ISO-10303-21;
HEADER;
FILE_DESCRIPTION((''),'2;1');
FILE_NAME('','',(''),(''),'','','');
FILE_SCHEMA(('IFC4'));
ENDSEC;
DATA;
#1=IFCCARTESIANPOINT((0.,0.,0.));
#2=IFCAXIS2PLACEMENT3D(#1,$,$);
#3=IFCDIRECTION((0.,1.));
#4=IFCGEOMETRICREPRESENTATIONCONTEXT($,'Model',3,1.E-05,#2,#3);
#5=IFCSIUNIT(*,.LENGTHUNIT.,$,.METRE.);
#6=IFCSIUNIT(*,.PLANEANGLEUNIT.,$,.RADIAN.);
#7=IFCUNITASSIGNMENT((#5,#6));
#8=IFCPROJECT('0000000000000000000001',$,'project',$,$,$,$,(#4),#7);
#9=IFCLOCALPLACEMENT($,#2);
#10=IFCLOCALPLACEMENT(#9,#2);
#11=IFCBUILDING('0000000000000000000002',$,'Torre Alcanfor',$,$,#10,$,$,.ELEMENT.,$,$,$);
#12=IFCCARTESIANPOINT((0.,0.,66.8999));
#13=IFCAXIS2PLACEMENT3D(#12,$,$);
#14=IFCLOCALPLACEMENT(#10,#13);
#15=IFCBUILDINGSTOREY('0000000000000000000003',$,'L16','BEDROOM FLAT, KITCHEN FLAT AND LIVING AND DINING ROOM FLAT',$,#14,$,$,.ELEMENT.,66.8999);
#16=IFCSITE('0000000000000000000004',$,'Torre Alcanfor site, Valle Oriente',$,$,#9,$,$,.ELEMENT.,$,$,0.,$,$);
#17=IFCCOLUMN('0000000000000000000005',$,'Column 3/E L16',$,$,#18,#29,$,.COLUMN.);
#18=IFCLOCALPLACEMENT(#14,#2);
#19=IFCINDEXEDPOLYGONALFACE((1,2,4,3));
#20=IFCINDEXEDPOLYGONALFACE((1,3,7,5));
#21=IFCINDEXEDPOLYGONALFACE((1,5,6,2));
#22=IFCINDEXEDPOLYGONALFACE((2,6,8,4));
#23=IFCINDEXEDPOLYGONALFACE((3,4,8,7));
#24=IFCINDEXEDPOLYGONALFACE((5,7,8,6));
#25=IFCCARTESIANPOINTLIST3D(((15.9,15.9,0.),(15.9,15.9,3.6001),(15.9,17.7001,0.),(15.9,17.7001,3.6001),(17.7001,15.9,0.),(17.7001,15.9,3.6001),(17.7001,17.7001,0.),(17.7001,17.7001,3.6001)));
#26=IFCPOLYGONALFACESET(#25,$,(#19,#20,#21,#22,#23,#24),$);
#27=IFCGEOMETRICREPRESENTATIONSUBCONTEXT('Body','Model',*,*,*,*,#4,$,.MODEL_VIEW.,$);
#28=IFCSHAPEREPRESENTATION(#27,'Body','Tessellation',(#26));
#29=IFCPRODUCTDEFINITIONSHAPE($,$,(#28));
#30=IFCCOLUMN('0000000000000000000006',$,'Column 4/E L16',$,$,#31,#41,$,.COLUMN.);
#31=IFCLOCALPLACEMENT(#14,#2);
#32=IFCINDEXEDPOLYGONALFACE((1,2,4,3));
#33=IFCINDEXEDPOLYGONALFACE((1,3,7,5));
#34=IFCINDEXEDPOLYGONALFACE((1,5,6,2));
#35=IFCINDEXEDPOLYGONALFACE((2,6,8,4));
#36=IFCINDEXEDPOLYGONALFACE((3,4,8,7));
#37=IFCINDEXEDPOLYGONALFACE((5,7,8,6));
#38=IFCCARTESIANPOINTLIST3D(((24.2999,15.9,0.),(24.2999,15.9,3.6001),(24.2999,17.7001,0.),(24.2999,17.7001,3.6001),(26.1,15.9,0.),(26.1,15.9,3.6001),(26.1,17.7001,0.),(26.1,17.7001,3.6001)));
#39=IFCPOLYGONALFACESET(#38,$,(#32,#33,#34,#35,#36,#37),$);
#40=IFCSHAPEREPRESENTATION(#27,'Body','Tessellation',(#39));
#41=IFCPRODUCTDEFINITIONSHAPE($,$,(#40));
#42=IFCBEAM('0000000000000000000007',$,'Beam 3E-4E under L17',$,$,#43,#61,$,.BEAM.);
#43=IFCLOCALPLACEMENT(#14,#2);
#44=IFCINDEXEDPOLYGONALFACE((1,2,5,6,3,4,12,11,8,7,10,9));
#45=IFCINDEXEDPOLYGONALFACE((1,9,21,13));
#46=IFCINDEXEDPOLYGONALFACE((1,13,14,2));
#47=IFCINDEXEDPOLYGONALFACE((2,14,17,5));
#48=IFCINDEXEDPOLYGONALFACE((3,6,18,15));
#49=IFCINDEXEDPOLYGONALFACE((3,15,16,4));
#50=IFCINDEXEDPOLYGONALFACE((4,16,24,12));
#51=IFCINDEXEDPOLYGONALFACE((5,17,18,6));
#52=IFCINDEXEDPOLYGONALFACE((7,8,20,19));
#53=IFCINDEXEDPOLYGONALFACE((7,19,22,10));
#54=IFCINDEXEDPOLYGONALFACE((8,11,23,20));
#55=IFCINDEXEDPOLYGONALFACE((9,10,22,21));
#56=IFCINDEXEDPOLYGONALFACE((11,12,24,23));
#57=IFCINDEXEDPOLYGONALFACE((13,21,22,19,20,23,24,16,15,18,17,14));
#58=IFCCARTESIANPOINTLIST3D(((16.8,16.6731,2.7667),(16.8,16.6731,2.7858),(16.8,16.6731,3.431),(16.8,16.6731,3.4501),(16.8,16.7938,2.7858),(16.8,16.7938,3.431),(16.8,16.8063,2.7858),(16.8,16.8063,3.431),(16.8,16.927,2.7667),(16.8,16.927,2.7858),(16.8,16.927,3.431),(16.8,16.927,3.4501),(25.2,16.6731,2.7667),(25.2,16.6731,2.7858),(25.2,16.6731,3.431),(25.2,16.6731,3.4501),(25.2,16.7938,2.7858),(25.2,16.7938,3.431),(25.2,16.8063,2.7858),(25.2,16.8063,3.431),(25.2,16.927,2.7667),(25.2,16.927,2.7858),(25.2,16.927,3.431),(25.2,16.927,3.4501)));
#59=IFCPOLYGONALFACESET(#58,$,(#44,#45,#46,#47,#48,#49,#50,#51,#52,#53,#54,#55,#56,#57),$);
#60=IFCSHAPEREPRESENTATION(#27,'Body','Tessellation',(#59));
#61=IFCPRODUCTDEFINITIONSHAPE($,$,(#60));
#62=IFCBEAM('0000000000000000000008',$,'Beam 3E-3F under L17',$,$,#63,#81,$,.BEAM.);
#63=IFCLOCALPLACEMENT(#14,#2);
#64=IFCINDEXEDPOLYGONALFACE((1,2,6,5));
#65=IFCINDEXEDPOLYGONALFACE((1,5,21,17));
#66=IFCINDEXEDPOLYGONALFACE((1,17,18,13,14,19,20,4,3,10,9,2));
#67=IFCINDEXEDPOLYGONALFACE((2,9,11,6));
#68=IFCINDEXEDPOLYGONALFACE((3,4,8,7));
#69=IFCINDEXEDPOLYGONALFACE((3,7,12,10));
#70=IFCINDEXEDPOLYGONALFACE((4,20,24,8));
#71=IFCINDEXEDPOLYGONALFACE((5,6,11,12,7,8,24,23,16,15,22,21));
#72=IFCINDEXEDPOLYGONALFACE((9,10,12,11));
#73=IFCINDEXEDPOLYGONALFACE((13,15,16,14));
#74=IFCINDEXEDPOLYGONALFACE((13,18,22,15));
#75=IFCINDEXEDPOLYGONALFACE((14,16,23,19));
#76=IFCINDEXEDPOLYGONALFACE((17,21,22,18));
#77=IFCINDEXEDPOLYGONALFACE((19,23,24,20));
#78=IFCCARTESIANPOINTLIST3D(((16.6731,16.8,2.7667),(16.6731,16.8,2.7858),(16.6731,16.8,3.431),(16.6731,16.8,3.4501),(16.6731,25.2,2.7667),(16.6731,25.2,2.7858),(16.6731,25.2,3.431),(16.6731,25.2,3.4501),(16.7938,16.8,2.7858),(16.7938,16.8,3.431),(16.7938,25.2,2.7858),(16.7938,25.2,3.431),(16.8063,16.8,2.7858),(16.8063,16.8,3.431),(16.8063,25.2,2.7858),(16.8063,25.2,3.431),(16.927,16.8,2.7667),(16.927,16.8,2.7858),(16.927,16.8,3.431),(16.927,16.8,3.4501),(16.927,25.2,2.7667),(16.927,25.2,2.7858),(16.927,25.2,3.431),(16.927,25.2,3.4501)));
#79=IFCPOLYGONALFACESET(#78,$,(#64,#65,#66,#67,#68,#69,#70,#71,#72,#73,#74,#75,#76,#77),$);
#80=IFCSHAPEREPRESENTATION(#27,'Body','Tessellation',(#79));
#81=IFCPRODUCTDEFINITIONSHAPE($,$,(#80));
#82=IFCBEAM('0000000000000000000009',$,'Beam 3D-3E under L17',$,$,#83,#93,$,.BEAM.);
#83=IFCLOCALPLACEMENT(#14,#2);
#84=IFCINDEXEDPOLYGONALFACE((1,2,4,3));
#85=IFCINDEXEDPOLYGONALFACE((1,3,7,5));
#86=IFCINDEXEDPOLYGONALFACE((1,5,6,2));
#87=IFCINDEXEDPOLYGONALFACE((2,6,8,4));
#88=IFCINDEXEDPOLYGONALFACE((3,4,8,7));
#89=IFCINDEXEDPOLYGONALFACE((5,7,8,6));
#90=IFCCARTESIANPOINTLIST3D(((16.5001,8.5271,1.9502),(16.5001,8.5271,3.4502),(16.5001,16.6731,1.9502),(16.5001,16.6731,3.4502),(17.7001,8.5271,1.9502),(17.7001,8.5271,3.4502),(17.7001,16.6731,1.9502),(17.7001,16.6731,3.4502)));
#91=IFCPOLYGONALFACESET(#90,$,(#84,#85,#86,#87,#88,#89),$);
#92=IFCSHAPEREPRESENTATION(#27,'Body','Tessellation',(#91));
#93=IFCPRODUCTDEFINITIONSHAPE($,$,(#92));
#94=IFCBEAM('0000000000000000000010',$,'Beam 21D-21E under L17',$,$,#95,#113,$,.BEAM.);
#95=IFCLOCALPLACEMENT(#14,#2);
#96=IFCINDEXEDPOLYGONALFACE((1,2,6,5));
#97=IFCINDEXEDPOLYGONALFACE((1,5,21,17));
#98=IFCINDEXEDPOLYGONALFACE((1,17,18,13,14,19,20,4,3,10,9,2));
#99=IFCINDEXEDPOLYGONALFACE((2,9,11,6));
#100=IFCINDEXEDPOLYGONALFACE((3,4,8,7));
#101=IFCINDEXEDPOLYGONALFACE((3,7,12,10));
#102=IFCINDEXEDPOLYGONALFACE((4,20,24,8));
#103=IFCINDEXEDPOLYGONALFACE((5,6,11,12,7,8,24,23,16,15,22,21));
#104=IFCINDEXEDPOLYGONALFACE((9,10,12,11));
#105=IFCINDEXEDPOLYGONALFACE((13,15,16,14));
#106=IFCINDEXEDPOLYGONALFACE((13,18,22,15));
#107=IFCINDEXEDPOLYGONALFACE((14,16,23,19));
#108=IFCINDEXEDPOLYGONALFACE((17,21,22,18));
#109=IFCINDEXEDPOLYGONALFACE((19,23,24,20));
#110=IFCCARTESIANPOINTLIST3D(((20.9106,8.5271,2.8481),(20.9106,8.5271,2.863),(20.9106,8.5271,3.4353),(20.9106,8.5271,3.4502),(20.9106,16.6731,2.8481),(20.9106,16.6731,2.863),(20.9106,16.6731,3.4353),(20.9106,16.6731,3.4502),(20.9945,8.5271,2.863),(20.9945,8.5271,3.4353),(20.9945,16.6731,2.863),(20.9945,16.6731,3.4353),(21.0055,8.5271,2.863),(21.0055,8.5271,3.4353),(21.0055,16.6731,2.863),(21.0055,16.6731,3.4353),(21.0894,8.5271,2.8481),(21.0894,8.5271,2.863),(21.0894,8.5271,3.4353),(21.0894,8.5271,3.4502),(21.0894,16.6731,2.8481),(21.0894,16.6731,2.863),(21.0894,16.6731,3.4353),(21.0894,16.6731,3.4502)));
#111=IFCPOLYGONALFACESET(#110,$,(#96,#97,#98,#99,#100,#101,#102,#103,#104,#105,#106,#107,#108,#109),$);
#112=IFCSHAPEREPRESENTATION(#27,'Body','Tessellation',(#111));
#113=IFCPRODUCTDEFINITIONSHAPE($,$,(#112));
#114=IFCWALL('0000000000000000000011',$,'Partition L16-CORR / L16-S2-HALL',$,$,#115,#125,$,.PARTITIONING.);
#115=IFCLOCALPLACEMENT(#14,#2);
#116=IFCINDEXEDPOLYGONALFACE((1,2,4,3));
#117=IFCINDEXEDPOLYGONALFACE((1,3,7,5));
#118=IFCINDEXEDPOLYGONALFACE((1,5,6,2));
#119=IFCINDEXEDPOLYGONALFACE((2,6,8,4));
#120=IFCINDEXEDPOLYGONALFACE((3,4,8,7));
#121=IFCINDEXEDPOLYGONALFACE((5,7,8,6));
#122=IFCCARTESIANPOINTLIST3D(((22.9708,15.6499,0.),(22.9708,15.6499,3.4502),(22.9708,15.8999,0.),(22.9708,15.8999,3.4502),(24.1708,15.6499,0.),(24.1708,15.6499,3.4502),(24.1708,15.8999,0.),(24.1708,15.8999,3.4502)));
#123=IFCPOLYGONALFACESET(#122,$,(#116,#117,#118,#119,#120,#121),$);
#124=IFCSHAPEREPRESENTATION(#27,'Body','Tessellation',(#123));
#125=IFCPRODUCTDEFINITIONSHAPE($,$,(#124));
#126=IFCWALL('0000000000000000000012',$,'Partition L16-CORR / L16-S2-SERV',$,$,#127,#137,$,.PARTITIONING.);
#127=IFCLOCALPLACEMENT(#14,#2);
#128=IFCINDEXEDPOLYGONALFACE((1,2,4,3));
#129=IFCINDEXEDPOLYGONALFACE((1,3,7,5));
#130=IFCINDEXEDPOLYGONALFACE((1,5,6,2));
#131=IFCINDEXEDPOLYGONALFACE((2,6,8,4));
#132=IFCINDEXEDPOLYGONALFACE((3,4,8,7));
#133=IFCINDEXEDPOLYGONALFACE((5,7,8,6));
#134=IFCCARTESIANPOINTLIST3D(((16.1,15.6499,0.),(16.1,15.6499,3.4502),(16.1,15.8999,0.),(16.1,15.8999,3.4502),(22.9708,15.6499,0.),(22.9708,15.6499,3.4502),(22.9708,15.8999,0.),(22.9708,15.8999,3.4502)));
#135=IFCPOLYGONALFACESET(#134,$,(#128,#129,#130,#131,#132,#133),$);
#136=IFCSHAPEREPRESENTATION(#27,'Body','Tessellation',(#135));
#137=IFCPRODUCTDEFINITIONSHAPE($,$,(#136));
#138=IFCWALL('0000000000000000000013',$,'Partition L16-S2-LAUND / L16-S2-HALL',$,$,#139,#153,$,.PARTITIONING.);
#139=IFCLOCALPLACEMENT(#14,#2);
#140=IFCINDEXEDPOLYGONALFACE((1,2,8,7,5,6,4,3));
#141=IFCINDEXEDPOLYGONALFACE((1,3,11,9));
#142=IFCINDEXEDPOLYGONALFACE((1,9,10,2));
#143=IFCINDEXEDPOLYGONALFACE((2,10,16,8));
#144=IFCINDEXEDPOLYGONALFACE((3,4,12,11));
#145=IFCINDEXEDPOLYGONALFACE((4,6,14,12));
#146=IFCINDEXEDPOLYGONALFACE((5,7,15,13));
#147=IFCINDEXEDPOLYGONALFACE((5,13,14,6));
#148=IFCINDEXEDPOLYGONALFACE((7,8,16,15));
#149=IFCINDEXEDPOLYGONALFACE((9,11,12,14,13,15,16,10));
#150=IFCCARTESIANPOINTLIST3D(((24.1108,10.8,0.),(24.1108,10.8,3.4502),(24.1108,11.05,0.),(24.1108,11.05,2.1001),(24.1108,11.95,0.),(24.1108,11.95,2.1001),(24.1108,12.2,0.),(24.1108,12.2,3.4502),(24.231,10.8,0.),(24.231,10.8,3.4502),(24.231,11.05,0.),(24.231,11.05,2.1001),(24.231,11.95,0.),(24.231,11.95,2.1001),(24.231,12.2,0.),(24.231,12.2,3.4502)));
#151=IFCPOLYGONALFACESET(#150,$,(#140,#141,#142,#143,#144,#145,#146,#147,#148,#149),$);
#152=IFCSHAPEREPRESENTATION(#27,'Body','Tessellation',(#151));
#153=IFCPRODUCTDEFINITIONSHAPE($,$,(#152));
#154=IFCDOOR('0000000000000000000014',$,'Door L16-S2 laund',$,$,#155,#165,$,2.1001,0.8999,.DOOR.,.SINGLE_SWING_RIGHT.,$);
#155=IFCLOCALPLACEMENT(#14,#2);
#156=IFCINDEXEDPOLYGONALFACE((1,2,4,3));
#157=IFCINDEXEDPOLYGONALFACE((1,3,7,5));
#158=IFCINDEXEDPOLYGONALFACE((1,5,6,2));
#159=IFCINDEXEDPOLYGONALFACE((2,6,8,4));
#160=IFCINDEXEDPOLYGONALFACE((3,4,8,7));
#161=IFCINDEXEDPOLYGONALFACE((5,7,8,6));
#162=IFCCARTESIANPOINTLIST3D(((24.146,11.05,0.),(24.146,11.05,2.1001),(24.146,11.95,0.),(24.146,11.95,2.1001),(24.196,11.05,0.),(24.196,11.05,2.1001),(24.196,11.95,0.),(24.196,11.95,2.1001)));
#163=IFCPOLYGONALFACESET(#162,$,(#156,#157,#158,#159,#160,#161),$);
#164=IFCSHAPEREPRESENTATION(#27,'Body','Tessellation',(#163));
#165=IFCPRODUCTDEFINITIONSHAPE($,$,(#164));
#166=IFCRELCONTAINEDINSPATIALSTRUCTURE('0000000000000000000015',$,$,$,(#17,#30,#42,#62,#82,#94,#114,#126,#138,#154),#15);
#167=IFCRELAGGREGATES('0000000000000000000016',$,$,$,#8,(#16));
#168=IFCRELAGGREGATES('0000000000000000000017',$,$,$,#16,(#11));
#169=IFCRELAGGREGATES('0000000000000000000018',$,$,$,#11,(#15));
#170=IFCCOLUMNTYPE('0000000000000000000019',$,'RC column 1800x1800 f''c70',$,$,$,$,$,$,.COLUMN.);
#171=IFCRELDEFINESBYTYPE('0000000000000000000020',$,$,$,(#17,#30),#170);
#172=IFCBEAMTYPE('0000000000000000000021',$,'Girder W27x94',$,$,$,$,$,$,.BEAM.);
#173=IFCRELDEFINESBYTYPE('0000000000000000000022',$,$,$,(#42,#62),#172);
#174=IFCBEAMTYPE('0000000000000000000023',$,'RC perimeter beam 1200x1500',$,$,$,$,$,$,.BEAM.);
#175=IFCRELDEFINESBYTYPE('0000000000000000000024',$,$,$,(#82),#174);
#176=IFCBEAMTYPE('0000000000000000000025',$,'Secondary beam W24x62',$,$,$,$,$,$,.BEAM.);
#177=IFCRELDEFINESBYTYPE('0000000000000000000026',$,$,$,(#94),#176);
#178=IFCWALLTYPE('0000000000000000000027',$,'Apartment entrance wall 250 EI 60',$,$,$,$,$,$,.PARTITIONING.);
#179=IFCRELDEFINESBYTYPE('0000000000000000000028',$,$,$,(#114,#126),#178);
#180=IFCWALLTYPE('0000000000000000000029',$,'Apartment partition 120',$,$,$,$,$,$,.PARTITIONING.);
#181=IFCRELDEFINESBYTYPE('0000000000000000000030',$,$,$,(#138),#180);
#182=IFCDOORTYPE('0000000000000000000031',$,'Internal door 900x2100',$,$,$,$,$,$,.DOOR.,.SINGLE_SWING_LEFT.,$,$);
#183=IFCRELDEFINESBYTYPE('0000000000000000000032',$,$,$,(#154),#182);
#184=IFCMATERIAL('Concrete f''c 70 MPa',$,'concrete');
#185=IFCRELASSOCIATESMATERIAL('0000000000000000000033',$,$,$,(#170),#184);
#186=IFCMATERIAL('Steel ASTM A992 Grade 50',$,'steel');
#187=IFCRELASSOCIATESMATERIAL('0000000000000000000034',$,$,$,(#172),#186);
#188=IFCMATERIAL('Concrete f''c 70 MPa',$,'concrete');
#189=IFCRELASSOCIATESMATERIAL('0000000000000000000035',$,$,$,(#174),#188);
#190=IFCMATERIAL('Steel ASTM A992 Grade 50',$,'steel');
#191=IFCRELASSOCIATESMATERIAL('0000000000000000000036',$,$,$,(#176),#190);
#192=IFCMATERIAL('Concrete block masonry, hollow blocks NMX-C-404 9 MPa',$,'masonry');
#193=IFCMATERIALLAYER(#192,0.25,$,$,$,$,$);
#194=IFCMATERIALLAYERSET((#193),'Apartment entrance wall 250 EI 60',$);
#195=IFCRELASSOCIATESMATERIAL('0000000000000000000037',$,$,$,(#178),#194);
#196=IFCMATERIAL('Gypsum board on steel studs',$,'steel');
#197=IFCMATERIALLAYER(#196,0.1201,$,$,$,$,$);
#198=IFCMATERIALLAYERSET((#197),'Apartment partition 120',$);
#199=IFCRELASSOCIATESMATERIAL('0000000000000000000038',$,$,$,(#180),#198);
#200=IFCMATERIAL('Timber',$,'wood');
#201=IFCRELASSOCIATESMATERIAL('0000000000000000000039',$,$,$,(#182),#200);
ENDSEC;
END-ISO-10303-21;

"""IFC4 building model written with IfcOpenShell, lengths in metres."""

from ifc_helpers import new_model, si_unit, direction, frame, frame_2d, origin, origin_2d, place, context, subcontext, project, spatial, rectangle, i_section, extrude, material, layer, layer_set, material_profile, profile_set, type_object, element, fill, save


model = new_model("IFC4")

# Units and contexts
model_context = context("Model", 3, precision=1e-05, world=origin(), true_north=direction((0.0, 1.0)))
body_context = subcontext(model_context, "Body", "Model", "MODEL_VIEW")
ifc_project = project(units=[si_unit("LENGTHUNIT", "METRE"), si_unit("PLANEANGLEUNIT", "RADIAN")], contexts=[model_context])

# Site, building, storey
site_placement = place(None, origin())
site = spatial("IfcSite", under=ifc_project, at=site_placement, Name="Torre Alcanfor site, Valle Oriente", CompositionType="ELEMENT", RefElevation=0.0)
building_placement = place(site_placement, origin())
building = spatial("IfcBuilding", under=site, at=building_placement, Name="Torre Alcanfor", CompositionType="ELEMENT")
storey_placement = place(building_placement, frame((0.0, 0.0, 66.8999)))
storey = spatial("IfcBuildingStorey", under=building, at=storey_placement, Name="L16", Description="BEDROOM FLAT, KITCHEN FLAT AND LIVING AND DINING ROOM FLAT", CompositionType="ELEMENT", Elevation=66.8999)

# Columns
ifc_material_1 = material(Name="Concrete f'c 70 MPa", Category="concrete")
ifc_material_profile_1 = material_profile(ifc_material_1, rectangle(XDim=1.8, YDim=1.8, at=origin_2d()), Name="1800x1800")
ifc_profile_set_1 = profile_set([ifc_material_profile_1], Name="Concrete f'c 70 MPa")
column_type = type_object("IfcColumnType", Name="RC column 1800x1800 f'c70", PredefinedType="COLUMN", material=ifc_profile_set_1)
for number, where, z_axis, x_axis, name in (
    (1, (16.8, 16.8, 0.0), (0.0, 0.0, 1.0), (1.0, 0.0, 0.0), "Column 3/E L16"),
    (2, (25.2, 16.8, 0.0), (0.0, 0.0, 1.0), (1.0, 0.0, 0.0), "Column 4/E L16"),
):
    element("IfcColumn", number, at=place(storey_placement, frame(where, z_axis=z_axis, x_axis=x_axis)), inside=storey, type_object=column_type, Name=name, PredefinedType="COLUMN", context=body_context, shape_type="SweptSolid", body=[
        extrude(rectangle(XDim=1.8, YDim=1.8, at=origin_2d()), origin(), (0.0, 0.0, 1.0), 3.6001),
    ])

# Beams
ifc_material_2 = material(Name="Steel ASTM A992 Grade 50", Category="steel")
ifc_material_profile_2 = material_profile(ifc_material_2, i_section(OverallWidth=0.2539, OverallDepth=0.6833, WebThickness=0.0125, FlangeThickness=0.019, at=origin_2d()), Name="W27x94")
ifc_profile_set_2 = profile_set([ifc_material_profile_2], Name="Steel ASTM A992 Grade 50")
beam_type_1 = type_object("IfcBeamType", Name="Girder W27x94", PredefinedType="BEAM", material=ifc_profile_set_2)
for number, where, z_axis, x_axis, name in (
    (3, (16.8, 16.8, 3.1084), (1.0, 0.0, 0.0), (0.0, 1.0, 0.0), "Beam 3E-4E under L17"),
    (4, (16.8, 16.8, 3.1084), (0.0, 1.0, 0.0), (-1.0, 0.0, 0.0), "Beam 3E-3F under L17"),
):
    element("IfcBeam", number, at=place(storey_placement, frame(where, z_axis=z_axis, x_axis=x_axis)), inside=storey, type_object=beam_type_1, Name=name, PredefinedType="BEAM", context=body_context, shape_type="SweptSolid", body=[
        extrude(i_section(OverallWidth=0.2539, OverallDepth=0.6833, WebThickness=0.0125, FlangeThickness=0.019, at=origin_2d()), origin(), (0.0, 0.0, 1.0), 8.3999),
    ])
ifc_material_3 = material(Name="Concrete f'c 70 MPa", Category="concrete")
ifc_material_profile_3 = material_profile(ifc_material_3, rectangle(XDim=1.2, YDim=1.5, at=origin_2d()), Name="1200x1500")
ifc_profile_set_3 = profile_set([ifc_material_profile_3], Name="Concrete f'c 70 MPa")
beam_type_2 = type_object("IfcBeamType", Name="RC perimeter beam 1200x1500", PredefinedType="BEAM", material=ifc_profile_set_3)
beam_1_placement = place(storey_placement, frame((17.1001, 8.5271, 2.7002), z_axis=(0.0, 1.0, 0.0), x_axis=(-1.0, 0.0, 0.0)))
element("IfcBeam", 5, at=beam_1_placement, inside=storey, type_object=beam_type_2, Name="Beam 3D-3E under L17", PredefinedType="BEAM", context=body_context, shape_type="SweptSolid", body=[
    extrude(rectangle(XDim=1.2, YDim=1.5, at=origin_2d()), origin(), (0.0, 0.0, 1.0), 8.146),
])
ifc_material_4 = material(Name="Steel ASTM A992 Grade 50", Category="steel")
ifc_material_profile_4 = material_profile(ifc_material_4, i_section(OverallWidth=0.1787, OverallDepth=0.6021, WebThickness=0.011, FlangeThickness=0.0149, at=origin_2d()), Name="W24x62")
ifc_profile_set_4 = profile_set([ifc_material_profile_4], Name="Steel ASTM A992 Grade 50")
beam_type_3 = type_object("IfcBeamType", Name="Secondary beam W24x62", PredefinedType="BEAM", material=ifc_profile_set_4)
beam_2_placement = place(storey_placement, frame((21.0, 8.5271, 3.1492), z_axis=(0.0, 1.0, 0.0), x_axis=(-1.0, 0.0, 0.0)))
element("IfcBeam", 6, at=beam_2_placement, inside=storey, type_object=beam_type_3, Name="Beam 21D-21E under L17", PredefinedType="BEAM", context=body_context, shape_type="SweptSolid", body=[
    extrude(i_section(OverallWidth=0.1787, OverallDepth=0.6021, WebThickness=0.011, FlangeThickness=0.0149, at=origin_2d()), origin(), (0.0, 0.0, 1.0), 8.146),
])

# Walls
ifc_material_5 = material(Name="Concrete block masonry, hollow blocks NMX-C-404 9 MPa", Category="masonry")
ifc_layer_1 = layer(ifc_material_5, 0.25)
ifc_layer_set_1 = layer_set([ifc_layer_1], Name="Apartment entrance wall 250 EI 60")
wall_type_1 = type_object("IfcWallType", Name="Apartment entrance wall 250 EI 60", PredefinedType="PARTITIONING", material=ifc_layer_set_1)
wall_1_placement = place(storey_placement, frame((24.1709, 15.7749, 0.0), z_axis=(0.0, 0.0, 1.0), x_axis=(-1.0, 0.0, 0.0)))
element("IfcWall", 7, at=wall_1_placement, inside=storey, type_object=wall_type_1, Name="Partition L16-CORR / L16-S2-HALL", PredefinedType="PARTITIONING", context=body_context, shape_type="SweptSolid", body=[
    extrude(rectangle(XDim=1.2, YDim=0.25, at=frame_2d((0.6001, 0.0))), origin(), (0.0, 0.0, 1.0), 3.4502),
])
wall_2_placement = place(storey_placement, frame((22.9709, 15.7749, 0.0), z_axis=(0.0, 0.0, 1.0), x_axis=(-1.0, 0.0, 0.0)))
element("IfcWall", 8, at=wall_2_placement, inside=storey, type_object=wall_type_1, Name="Partition L16-CORR / L16-S2-SERV", PredefinedType="PARTITIONING", context=body_context, shape_type="SweptSolid", body=[
    extrude(rectangle(XDim=6.8708, YDim=0.25, at=frame_2d((3.4355, 0.0))), origin(), (0.0, 0.0, 1.0), 3.4502),
])

# Wall, opening, door
ifc_material_6 = material(Name="Gypsum board on steel studs", Category="steel")
ifc_layer_2 = layer(ifc_material_6, 0.1201)
ifc_layer_set_2 = layer_set([ifc_layer_2], Name="Apartment partition 120")
wall_type_2 = type_object("IfcWallType", Name="Apartment partition 120", PredefinedType="PARTITIONING", material=ifc_layer_set_2)
wall_3_placement = place(storey_placement, frame((24.1709, 10.8, 0.0), z_axis=(0.0, 0.0, 1.0), x_axis=(0.0, 1.0, 0.0)))
wall_3 = element("IfcWall", 9, at=wall_3_placement, inside=storey, type_object=wall_type_2, Name="Partition L16-S2-LAUND / L16-S2-HALL", PredefinedType="PARTITIONING", context=body_context, shape_type="SweptSolid", body=[
    extrude(rectangle(XDim=1.3999, YDim=0.1201, at=frame_2d((0.7, 0.0))), origin(), (0.0, 0.0, 1.0), 3.4502),
])
opening_1_placement = place(wall_3_placement, frame((0.25, 0.0, 0.0)))
opening_1 = element("IfcOpeningElement", 10, at=opening_1_placement, cuts=wall_3, PredefinedType="OPENING", context=body_context, shape_type="SweptSolid", body=[
    extrude(rectangle(XDim=0.8999, YDim=2.1001, at=frame_2d((0.45, 1.05))), frame((0.0, 0.0701, 0.0), z_axis=(0.0, -1.0, 0.0), x_axis=(1.0, 0.0, 0.0)), (0.0, 0.0, 1.0), 0.1401),
])
ifc_material_7 = material(Name="Timber", Category="wood")
door_type_1 = type_object("IfcDoorType", Name="Internal door 900x2100", OperationType="SINGLE_SWING_LEFT", PredefinedType="DOOR", material=ifc_material_7)
door_1_placement = place(opening_1_placement, frame((0.8999, 0.0, 0.0), z_axis=(0.0, 0.0, 1.0), x_axis=(-1.0, 0.0, 0.0)))
door_1 = element("IfcDoor", 11, at=door_1_placement, inside=storey, type_object=door_type_1, Name="Door L16-S2 laund", OperationType="SINGLE_SWING_RIGHT", OverallHeight=2.1001, OverallWidth=0.8999, PredefinedType="DOOR", context=body_context, shape_type="SweptSolid", body=[
    extrude(rectangle(XDim=0.8999, YDim=2.1001, at=frame_2d((0.45, 1.05))), frame((0.0, 0.0251, 0.0), z_axis=(0.0, -1.0, 0.0), x_axis=(1.0, 0.0, 0.0)), (0.0, 0.0, 1.0), 0.05),
])
fill(opening_1, door_1)

save(model, "model.ifc")
